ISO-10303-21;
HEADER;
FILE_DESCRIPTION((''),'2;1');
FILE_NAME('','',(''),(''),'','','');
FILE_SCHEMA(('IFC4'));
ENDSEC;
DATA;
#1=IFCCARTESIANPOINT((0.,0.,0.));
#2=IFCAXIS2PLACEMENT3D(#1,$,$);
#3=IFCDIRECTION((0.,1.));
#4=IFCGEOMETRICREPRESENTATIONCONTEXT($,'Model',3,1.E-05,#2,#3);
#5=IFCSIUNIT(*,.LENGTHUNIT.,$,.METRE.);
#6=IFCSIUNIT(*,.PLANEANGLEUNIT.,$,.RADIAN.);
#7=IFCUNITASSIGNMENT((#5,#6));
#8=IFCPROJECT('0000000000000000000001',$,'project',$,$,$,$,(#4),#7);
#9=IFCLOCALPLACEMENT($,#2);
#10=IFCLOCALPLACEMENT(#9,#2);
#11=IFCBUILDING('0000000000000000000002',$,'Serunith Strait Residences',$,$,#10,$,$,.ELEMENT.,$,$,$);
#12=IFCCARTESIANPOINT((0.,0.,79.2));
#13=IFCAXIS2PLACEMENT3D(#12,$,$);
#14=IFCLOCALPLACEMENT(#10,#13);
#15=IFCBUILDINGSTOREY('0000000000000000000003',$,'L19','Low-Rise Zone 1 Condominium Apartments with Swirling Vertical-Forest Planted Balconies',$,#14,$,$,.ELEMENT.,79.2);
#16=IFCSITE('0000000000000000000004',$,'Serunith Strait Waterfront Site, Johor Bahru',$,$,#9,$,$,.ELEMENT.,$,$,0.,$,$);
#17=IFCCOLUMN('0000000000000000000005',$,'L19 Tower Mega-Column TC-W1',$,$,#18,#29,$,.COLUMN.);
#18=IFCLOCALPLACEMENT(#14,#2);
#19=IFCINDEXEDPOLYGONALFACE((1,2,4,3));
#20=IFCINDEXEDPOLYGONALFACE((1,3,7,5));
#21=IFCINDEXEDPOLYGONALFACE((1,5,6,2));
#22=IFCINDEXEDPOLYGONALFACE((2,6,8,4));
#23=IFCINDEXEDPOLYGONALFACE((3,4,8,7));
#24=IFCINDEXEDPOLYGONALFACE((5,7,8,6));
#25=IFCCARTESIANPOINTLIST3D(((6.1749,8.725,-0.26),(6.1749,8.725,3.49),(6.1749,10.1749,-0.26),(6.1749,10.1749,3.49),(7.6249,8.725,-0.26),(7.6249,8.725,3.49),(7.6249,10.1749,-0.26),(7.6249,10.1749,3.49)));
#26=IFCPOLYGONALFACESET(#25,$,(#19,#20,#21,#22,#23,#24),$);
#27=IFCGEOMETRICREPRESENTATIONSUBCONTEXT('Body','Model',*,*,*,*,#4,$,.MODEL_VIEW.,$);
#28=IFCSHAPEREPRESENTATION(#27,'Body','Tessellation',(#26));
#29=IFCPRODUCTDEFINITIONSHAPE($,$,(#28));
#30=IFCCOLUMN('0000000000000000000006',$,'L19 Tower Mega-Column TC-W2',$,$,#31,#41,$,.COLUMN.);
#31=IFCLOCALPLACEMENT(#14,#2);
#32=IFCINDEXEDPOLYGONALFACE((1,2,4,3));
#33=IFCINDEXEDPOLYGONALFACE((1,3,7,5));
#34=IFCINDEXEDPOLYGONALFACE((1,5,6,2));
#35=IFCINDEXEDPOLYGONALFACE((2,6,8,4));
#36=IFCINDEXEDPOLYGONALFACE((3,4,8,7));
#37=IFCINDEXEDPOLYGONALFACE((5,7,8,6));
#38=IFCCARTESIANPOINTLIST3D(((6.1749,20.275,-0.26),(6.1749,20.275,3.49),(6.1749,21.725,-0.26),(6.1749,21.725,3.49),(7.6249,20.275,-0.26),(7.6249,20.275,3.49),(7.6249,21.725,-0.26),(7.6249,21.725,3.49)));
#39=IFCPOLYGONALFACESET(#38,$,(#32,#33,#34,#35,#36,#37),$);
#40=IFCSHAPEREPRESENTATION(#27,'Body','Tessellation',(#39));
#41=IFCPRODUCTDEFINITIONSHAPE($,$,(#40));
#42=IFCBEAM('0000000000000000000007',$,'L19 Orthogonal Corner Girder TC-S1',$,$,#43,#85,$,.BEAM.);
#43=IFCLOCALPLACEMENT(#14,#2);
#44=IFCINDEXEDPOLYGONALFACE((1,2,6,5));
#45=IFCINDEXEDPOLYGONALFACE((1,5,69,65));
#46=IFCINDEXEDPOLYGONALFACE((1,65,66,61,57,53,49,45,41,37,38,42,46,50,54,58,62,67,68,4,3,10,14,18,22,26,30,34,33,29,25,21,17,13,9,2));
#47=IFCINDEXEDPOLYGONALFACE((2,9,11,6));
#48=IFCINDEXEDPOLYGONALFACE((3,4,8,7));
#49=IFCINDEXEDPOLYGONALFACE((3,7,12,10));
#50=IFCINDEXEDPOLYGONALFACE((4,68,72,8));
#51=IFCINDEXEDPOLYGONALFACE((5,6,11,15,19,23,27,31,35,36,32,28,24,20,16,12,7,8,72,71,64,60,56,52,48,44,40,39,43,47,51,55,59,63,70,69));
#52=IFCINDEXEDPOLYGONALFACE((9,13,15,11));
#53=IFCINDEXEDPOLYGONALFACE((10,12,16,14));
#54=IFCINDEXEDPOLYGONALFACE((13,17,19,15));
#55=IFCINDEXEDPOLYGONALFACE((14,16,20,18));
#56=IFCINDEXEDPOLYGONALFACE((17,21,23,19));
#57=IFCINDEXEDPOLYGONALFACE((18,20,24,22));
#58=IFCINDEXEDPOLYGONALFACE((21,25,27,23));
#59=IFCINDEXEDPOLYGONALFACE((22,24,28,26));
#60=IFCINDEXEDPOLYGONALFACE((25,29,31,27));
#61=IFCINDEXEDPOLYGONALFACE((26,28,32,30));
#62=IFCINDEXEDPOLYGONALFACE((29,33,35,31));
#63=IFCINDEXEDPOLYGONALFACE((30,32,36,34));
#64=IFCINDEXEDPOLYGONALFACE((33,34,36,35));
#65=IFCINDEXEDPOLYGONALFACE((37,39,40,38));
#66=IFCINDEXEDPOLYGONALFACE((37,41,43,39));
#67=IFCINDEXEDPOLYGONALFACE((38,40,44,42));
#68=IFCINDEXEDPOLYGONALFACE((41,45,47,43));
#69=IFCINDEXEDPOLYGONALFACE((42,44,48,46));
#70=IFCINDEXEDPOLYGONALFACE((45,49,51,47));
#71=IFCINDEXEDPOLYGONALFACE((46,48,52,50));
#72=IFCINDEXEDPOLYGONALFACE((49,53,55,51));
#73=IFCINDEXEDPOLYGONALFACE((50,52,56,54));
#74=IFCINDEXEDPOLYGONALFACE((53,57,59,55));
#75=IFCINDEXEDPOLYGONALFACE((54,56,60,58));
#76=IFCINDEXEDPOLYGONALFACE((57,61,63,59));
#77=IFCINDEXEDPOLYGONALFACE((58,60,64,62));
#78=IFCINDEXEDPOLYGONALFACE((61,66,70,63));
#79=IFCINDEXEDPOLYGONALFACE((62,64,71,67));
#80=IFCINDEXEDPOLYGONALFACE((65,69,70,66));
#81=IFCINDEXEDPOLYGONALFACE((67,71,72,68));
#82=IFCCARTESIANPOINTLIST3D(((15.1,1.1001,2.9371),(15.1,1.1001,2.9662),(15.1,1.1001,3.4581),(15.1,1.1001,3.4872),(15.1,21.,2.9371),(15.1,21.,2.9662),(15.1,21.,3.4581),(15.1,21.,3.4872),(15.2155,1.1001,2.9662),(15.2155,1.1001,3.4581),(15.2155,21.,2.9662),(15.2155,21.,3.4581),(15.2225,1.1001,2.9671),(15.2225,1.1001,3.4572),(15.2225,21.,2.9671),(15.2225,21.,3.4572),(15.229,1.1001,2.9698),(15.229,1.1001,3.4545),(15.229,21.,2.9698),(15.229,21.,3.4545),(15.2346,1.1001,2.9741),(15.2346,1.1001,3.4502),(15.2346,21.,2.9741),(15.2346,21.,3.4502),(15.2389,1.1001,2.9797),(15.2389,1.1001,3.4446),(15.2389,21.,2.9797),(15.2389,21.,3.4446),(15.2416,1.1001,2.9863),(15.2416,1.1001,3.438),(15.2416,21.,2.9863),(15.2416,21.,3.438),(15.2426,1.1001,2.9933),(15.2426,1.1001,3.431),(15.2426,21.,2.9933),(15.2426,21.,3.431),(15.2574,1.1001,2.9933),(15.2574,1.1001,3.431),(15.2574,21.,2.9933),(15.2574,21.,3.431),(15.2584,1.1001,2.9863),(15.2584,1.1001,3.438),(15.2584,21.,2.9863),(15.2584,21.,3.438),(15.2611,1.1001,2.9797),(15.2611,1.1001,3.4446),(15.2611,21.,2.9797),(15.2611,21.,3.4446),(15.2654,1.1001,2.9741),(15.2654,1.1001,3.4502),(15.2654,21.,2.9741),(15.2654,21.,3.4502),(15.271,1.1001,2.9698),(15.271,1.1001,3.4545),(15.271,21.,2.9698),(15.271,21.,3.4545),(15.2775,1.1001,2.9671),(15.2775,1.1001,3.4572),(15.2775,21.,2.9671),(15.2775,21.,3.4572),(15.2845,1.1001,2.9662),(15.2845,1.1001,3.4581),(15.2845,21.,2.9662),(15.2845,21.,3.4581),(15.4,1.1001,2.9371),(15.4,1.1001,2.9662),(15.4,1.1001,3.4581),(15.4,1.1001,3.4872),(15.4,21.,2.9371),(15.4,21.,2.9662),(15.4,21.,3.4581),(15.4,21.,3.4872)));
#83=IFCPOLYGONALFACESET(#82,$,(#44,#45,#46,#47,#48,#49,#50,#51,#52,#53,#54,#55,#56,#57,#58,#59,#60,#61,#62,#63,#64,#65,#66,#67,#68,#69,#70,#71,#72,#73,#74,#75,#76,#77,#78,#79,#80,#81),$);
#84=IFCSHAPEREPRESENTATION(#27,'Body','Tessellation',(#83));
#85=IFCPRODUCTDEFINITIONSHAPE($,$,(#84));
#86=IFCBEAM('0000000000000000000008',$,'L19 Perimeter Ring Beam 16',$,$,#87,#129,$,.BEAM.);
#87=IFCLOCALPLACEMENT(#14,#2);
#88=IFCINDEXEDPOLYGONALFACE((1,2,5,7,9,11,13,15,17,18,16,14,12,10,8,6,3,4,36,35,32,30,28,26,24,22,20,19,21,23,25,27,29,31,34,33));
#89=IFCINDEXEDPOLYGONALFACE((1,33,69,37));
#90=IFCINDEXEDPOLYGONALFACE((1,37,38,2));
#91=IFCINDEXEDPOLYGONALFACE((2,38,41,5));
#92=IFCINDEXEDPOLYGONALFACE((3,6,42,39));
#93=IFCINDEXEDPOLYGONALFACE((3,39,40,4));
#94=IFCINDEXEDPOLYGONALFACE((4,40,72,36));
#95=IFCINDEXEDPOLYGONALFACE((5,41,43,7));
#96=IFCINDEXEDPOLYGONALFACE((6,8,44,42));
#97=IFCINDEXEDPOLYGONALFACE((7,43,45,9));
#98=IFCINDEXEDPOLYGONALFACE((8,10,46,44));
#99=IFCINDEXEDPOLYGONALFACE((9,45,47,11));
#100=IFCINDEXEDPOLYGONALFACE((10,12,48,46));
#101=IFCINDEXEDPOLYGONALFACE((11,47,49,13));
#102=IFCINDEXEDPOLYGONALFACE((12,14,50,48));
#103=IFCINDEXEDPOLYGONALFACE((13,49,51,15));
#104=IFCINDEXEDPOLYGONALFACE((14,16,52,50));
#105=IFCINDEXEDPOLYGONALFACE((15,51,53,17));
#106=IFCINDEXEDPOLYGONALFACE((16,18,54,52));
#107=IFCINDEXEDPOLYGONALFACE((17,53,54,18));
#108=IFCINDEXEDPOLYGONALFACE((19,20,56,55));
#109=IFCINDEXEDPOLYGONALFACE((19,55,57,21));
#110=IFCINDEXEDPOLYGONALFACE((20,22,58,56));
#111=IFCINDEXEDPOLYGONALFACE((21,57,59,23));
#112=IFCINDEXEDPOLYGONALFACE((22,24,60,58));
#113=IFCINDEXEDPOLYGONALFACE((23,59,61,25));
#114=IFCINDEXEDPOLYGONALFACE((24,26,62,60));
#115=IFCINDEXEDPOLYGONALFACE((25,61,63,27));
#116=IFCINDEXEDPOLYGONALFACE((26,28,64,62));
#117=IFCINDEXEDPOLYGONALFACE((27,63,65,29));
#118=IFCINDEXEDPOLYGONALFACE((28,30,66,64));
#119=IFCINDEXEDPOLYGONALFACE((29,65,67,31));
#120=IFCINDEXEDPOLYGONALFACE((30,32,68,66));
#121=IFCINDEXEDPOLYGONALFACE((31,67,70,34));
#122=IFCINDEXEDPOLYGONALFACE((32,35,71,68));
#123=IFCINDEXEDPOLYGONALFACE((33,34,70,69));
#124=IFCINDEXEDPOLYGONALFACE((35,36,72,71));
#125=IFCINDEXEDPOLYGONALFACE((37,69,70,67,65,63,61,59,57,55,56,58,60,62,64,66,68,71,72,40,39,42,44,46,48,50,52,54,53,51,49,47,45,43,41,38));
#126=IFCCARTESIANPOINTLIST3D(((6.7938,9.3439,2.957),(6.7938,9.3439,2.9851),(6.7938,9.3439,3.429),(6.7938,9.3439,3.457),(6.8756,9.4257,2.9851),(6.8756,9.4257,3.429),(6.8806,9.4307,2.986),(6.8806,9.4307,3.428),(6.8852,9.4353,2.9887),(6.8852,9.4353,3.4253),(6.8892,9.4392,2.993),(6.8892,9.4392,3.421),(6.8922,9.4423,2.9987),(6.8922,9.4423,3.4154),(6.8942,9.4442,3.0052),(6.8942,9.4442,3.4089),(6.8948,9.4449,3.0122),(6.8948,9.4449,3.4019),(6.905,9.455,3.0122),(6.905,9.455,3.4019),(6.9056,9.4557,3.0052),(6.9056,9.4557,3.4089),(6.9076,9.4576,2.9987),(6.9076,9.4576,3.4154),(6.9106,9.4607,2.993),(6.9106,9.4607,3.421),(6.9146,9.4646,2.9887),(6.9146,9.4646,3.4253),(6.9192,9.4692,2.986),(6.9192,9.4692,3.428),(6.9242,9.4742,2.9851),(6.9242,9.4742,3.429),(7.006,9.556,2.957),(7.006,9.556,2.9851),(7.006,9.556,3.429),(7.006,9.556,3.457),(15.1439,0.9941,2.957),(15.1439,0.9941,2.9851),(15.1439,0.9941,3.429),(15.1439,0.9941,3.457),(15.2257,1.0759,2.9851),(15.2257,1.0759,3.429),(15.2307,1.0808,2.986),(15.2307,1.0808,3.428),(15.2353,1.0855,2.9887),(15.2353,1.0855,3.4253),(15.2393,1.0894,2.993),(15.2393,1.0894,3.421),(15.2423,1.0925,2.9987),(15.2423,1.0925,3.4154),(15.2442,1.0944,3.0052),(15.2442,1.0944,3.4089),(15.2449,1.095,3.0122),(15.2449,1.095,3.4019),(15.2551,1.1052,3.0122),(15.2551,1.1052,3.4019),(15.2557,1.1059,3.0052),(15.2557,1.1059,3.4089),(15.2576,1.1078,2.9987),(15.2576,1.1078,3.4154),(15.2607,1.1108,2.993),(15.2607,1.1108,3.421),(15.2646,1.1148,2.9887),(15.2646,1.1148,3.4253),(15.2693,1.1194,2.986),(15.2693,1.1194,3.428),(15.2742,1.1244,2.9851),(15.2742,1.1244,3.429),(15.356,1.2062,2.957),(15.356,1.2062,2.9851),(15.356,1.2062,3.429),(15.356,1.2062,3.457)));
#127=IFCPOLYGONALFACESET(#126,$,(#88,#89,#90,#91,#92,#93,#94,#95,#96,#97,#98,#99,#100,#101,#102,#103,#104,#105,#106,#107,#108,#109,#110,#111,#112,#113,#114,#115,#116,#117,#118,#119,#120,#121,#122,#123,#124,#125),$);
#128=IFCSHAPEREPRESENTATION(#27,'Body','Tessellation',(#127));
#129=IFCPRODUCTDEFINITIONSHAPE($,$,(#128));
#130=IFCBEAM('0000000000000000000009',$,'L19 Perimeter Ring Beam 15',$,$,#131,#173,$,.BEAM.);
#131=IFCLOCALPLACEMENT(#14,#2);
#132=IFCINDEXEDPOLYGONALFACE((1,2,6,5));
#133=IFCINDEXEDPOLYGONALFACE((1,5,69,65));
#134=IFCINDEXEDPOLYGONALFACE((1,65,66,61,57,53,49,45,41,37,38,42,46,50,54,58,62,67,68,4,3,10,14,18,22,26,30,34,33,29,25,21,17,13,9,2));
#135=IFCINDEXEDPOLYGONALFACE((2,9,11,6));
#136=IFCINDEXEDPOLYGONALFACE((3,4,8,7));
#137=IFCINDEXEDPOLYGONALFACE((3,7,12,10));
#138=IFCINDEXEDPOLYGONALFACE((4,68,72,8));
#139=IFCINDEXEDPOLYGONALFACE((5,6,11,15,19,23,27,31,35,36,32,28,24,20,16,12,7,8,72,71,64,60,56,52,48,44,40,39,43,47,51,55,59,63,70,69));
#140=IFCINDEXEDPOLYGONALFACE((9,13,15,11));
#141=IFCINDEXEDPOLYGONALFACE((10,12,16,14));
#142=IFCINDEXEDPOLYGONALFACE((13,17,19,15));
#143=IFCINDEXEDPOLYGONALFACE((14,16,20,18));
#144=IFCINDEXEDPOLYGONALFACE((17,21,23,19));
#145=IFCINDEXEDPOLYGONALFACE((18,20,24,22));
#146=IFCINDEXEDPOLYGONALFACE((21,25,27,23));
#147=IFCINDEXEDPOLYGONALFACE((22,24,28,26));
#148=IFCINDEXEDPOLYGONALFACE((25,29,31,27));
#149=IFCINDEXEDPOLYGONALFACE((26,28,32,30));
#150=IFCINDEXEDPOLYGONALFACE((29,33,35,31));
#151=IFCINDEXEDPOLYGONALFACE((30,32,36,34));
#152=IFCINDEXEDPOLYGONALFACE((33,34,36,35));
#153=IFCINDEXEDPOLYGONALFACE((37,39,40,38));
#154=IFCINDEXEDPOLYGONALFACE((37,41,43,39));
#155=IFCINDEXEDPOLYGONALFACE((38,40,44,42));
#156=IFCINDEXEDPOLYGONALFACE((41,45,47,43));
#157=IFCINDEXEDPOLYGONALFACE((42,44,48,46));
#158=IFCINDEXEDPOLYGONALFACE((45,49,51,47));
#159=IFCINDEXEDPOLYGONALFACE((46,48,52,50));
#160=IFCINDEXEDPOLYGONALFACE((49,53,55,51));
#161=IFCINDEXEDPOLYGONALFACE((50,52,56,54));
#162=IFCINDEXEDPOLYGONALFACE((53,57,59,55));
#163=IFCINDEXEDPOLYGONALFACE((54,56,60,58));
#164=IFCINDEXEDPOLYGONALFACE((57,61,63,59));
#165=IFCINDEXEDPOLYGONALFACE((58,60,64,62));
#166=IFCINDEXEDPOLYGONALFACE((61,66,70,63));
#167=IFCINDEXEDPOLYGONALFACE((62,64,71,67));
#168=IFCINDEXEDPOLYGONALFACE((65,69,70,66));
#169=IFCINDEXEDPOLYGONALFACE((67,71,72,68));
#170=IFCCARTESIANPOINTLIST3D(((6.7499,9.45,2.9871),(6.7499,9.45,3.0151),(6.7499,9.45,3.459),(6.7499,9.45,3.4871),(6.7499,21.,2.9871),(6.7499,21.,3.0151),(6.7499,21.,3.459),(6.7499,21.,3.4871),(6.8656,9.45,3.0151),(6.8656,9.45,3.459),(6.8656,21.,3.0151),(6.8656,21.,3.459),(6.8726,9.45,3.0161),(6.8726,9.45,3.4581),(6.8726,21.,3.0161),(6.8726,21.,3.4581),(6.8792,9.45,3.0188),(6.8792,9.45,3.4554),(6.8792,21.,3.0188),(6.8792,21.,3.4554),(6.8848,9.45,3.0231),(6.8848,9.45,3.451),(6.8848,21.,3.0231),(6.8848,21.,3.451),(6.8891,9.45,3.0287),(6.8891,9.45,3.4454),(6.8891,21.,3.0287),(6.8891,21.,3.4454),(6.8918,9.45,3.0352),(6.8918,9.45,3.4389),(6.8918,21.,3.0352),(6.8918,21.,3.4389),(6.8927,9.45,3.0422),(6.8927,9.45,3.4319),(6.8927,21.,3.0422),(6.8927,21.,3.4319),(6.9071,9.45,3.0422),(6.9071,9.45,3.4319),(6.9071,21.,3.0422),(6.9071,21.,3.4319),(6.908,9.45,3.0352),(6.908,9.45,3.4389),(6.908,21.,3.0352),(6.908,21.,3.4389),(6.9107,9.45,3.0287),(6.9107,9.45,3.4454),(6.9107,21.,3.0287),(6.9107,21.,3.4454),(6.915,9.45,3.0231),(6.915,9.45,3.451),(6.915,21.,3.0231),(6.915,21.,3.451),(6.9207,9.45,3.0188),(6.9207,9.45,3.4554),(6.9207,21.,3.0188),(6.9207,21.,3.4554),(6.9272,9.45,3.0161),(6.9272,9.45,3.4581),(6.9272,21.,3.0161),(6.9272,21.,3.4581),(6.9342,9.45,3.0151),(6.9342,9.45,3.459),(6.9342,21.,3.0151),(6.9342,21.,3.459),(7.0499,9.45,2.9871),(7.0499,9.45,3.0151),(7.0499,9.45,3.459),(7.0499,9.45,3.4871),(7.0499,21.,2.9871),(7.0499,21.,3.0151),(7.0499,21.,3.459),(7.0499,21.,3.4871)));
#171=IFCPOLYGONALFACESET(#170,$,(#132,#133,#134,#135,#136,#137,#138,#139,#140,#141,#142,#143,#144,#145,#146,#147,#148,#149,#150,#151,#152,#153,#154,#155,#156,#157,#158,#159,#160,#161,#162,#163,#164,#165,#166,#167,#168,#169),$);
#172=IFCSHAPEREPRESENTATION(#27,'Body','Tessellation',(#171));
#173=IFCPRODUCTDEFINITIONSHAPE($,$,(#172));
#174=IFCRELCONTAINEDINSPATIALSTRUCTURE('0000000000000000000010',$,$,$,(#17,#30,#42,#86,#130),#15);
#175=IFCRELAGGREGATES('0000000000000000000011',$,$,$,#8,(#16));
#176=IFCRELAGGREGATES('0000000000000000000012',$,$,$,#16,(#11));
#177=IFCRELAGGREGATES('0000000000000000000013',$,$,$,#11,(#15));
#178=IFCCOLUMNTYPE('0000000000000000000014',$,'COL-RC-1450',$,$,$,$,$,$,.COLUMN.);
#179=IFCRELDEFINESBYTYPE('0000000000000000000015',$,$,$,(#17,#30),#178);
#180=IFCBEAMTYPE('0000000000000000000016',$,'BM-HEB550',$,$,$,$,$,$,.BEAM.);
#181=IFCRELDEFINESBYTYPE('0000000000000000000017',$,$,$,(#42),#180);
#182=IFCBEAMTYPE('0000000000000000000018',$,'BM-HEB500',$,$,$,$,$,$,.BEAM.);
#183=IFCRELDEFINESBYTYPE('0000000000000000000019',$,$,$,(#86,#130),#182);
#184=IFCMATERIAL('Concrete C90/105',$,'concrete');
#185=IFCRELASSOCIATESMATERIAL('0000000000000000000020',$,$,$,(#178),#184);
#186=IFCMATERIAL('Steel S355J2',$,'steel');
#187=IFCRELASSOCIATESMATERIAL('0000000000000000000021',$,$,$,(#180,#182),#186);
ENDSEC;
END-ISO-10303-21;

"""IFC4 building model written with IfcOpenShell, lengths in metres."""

from ifc_helpers import new_model, si_unit, direction, frame, origin, origin_2d, place, context, subcontext, project, spatial, rectangle, i_section, extrude, source, transform, mapped, material, material_profile, profile_set, type_object, element, save


model = new_model("IFC4")

# Units and contexts
model_context = context("Model", 3, precision=1e-05, world=origin(), true_north=direction((0.0, 1.0)))
body_context = subcontext(model_context, "Body", "Model", "MODEL_VIEW")
ifc_project = project(units=[si_unit("LENGTHUNIT", "METRE"), si_unit("PLANEANGLEUNIT", "RADIAN")], contexts=[model_context])

# Site, building, storey
site_placement = place(None, origin())
site = spatial("IfcSite", under=ifc_project, at=site_placement, Name="Serunith Strait Waterfront Site, Johor Bahru", CompositionType="ELEMENT", RefElevation=0.0)
building_placement = place(site_placement, origin())
building = spatial("IfcBuilding", under=site, at=building_placement, Name="Serunith Strait Residences", CompositionType="ELEMENT")
storey_placement = place(building_placement, frame((0.0, 0.0, 79.2)))
storey = spatial("IfcBuildingStorey", under=building, at=storey_placement, Name="L19", Description="Low-Rise Zone 1 Condominium Apartments with Swirling Vertical-Forest Planted Balconies", CompositionType="ELEMENT", Elevation=79.2)

# Columns
ifc_material_1 = material(Name="Concrete C90/105", Category="concrete")
ifc_material_profile_1 = material_profile(ifc_material_1, rectangle(XDim=1.45, YDim=1.45, at=origin_2d()), Name="RC 1450x1450")
ifc_profile_set_1 = profile_set([ifc_material_profile_1], Name="Concrete C90/105")
column_type = type_object("IfcColumnType", Name="COL-RC-1450", PredefinedType="COLUMN", material=ifc_profile_set_1)
shared_shape_1 = source(origin(), body_context, "Body", "SweptSolid", [
    extrude(rectangle(XDim=1.45, YDim=1.45, at=origin_2d()), origin(), (0.0, 0.0, 1.0), 3.75),
])
for number, where, z_axis, x_axis, name in (
    (1, (6.8999, 9.45, -0.26), (0.0, 0.0, 1.0), (1.0, 0.0, 0.0), "L19 Tower Mega-Column TC-W1"),
    (2, (6.8999, 21.0, -0.26), (0.0, 0.0, 1.0), (1.0, 0.0, 0.0), "L19 Tower Mega-Column TC-W2"),
):
    element("IfcColumn", number, at=place(storey_placement, frame(where, z_axis=z_axis, x_axis=x_axis)), inside=storey, type_object=column_type, Name=name, PredefinedType="COLUMN", context=body_context, shape_type="MappedRepresentation", body=[
        mapped(shared_shape_1, transform((0.0, 0.0, 0.0), scale=1.0)),
    ])

# Beams
ifc_material_2 = material(Name="Steel S355J2", Category="steel")
ifc_material_profile_2 = material_profile(ifc_material_2, i_section(OverallWidth=0.3, OverallDepth=0.55, WebThickness=0.0149, FlangeThickness=0.0291, FilletRadius=0.0271, at=origin_2d()), Name="HEB 550")
ifc_profile_set_2 = profile_set([ifc_material_profile_2], Name="Steel S355J2")
beam_type_1 = type_object("IfcBeamType", Name="BM-HEB550", PredefinedType="BEAM", material=ifc_profile_set_2)
shared_shape_2 = source(origin(), body_context, "Body", "SweptSolid", [
    extrude(i_section(OverallWidth=0.3, OverallDepth=0.55, WebThickness=0.0149, FlangeThickness=0.0291, FilletRadius=0.0271, at=origin_2d()), origin(), (0.0, 0.0, 1.0), 19.8999),
])
beam_1_placement = place(storey_placement, frame((15.25, 21.0, 3.2122), z_axis=(0.0, -1.0, 0.0), x_axis=(1.0, 0.0, 0.0)))
element("IfcBeam", 3, at=beam_1_placement, inside=storey, type_object=beam_type_1, Name="L19 Orthogonal Corner Girder TC-S1", PredefinedType="BEAM", context=body_context, shape_type="MappedRepresentation", body=[
    mapped(shared_shape_2, transform((0.0, 0.0, 0.0), scale=1.0)),
])
ifc_material_profile_3 = material_profile(ifc_material_2, i_section(OverallWidth=0.3, OverallDepth=0.5, WebThickness=0.0144, FlangeThickness=0.0281, FilletRadius=0.0271, at=origin_2d()), Name="HEB 500")
ifc_profile_set_3 = profile_set([ifc_material_profile_3], Name="Steel S355J2")
beam_type_2 = type_object("IfcBeamType", Name="BM-HEB500", PredefinedType="BEAM", material=ifc_profile_set_3)
shared_shape_3 = source(origin(), body_context, "Body", "SweptSolid", [
    extrude(i_section(OverallWidth=0.3, OverallDepth=0.5, WebThickness=0.0144, FlangeThickness=0.0281, FilletRadius=0.0271, at=origin_2d()), origin(), (0.0, 0.0, 1.0), 11.8086),
])
beam_2_placement = place(storey_placement, frame((6.8999, 9.45, 3.207), z_axis=(0.707117, -0.707096, 0.0), x_axis=(0.707096, 0.707117, 0.0)))
element("IfcBeam", 4, at=beam_2_placement, inside=storey, type_object=beam_type_2, Name="L19 Perimeter Ring Beam 16", PredefinedType="BEAM", context=body_context, shape_type="MappedRepresentation", body=[
    mapped(shared_shape_3, transform((0.0, 0.0, 0.0), scale=1.0)),
])
shared_shape_4 = source(origin(), body_context, "Body", "SweptSolid", [
    extrude(i_section(OverallWidth=0.3, OverallDepth=0.5, WebThickness=0.0144, FlangeThickness=0.0281, FilletRadius=0.0271, at=origin_2d()), origin(), (0.0, 0.0, 1.0), 11.55),
])
beam_3_placement = place(storey_placement, frame((6.8999, 21.0, 3.2371), z_axis=(0.0, -1.0, 0.0), x_axis=(1.0, 0.0, 0.0)))
element("IfcBeam", 5, at=beam_3_placement, inside=storey, type_object=beam_type_2, Name="L19 Perimeter Ring Beam 15", PredefinedType="BEAM", context=body_context, shape_type="MappedRepresentation", body=[
    mapped(shared_shape_4, transform((0.0, 0.0, 0.0), scale=1.0)),
])

save(model, "model.ifc")
